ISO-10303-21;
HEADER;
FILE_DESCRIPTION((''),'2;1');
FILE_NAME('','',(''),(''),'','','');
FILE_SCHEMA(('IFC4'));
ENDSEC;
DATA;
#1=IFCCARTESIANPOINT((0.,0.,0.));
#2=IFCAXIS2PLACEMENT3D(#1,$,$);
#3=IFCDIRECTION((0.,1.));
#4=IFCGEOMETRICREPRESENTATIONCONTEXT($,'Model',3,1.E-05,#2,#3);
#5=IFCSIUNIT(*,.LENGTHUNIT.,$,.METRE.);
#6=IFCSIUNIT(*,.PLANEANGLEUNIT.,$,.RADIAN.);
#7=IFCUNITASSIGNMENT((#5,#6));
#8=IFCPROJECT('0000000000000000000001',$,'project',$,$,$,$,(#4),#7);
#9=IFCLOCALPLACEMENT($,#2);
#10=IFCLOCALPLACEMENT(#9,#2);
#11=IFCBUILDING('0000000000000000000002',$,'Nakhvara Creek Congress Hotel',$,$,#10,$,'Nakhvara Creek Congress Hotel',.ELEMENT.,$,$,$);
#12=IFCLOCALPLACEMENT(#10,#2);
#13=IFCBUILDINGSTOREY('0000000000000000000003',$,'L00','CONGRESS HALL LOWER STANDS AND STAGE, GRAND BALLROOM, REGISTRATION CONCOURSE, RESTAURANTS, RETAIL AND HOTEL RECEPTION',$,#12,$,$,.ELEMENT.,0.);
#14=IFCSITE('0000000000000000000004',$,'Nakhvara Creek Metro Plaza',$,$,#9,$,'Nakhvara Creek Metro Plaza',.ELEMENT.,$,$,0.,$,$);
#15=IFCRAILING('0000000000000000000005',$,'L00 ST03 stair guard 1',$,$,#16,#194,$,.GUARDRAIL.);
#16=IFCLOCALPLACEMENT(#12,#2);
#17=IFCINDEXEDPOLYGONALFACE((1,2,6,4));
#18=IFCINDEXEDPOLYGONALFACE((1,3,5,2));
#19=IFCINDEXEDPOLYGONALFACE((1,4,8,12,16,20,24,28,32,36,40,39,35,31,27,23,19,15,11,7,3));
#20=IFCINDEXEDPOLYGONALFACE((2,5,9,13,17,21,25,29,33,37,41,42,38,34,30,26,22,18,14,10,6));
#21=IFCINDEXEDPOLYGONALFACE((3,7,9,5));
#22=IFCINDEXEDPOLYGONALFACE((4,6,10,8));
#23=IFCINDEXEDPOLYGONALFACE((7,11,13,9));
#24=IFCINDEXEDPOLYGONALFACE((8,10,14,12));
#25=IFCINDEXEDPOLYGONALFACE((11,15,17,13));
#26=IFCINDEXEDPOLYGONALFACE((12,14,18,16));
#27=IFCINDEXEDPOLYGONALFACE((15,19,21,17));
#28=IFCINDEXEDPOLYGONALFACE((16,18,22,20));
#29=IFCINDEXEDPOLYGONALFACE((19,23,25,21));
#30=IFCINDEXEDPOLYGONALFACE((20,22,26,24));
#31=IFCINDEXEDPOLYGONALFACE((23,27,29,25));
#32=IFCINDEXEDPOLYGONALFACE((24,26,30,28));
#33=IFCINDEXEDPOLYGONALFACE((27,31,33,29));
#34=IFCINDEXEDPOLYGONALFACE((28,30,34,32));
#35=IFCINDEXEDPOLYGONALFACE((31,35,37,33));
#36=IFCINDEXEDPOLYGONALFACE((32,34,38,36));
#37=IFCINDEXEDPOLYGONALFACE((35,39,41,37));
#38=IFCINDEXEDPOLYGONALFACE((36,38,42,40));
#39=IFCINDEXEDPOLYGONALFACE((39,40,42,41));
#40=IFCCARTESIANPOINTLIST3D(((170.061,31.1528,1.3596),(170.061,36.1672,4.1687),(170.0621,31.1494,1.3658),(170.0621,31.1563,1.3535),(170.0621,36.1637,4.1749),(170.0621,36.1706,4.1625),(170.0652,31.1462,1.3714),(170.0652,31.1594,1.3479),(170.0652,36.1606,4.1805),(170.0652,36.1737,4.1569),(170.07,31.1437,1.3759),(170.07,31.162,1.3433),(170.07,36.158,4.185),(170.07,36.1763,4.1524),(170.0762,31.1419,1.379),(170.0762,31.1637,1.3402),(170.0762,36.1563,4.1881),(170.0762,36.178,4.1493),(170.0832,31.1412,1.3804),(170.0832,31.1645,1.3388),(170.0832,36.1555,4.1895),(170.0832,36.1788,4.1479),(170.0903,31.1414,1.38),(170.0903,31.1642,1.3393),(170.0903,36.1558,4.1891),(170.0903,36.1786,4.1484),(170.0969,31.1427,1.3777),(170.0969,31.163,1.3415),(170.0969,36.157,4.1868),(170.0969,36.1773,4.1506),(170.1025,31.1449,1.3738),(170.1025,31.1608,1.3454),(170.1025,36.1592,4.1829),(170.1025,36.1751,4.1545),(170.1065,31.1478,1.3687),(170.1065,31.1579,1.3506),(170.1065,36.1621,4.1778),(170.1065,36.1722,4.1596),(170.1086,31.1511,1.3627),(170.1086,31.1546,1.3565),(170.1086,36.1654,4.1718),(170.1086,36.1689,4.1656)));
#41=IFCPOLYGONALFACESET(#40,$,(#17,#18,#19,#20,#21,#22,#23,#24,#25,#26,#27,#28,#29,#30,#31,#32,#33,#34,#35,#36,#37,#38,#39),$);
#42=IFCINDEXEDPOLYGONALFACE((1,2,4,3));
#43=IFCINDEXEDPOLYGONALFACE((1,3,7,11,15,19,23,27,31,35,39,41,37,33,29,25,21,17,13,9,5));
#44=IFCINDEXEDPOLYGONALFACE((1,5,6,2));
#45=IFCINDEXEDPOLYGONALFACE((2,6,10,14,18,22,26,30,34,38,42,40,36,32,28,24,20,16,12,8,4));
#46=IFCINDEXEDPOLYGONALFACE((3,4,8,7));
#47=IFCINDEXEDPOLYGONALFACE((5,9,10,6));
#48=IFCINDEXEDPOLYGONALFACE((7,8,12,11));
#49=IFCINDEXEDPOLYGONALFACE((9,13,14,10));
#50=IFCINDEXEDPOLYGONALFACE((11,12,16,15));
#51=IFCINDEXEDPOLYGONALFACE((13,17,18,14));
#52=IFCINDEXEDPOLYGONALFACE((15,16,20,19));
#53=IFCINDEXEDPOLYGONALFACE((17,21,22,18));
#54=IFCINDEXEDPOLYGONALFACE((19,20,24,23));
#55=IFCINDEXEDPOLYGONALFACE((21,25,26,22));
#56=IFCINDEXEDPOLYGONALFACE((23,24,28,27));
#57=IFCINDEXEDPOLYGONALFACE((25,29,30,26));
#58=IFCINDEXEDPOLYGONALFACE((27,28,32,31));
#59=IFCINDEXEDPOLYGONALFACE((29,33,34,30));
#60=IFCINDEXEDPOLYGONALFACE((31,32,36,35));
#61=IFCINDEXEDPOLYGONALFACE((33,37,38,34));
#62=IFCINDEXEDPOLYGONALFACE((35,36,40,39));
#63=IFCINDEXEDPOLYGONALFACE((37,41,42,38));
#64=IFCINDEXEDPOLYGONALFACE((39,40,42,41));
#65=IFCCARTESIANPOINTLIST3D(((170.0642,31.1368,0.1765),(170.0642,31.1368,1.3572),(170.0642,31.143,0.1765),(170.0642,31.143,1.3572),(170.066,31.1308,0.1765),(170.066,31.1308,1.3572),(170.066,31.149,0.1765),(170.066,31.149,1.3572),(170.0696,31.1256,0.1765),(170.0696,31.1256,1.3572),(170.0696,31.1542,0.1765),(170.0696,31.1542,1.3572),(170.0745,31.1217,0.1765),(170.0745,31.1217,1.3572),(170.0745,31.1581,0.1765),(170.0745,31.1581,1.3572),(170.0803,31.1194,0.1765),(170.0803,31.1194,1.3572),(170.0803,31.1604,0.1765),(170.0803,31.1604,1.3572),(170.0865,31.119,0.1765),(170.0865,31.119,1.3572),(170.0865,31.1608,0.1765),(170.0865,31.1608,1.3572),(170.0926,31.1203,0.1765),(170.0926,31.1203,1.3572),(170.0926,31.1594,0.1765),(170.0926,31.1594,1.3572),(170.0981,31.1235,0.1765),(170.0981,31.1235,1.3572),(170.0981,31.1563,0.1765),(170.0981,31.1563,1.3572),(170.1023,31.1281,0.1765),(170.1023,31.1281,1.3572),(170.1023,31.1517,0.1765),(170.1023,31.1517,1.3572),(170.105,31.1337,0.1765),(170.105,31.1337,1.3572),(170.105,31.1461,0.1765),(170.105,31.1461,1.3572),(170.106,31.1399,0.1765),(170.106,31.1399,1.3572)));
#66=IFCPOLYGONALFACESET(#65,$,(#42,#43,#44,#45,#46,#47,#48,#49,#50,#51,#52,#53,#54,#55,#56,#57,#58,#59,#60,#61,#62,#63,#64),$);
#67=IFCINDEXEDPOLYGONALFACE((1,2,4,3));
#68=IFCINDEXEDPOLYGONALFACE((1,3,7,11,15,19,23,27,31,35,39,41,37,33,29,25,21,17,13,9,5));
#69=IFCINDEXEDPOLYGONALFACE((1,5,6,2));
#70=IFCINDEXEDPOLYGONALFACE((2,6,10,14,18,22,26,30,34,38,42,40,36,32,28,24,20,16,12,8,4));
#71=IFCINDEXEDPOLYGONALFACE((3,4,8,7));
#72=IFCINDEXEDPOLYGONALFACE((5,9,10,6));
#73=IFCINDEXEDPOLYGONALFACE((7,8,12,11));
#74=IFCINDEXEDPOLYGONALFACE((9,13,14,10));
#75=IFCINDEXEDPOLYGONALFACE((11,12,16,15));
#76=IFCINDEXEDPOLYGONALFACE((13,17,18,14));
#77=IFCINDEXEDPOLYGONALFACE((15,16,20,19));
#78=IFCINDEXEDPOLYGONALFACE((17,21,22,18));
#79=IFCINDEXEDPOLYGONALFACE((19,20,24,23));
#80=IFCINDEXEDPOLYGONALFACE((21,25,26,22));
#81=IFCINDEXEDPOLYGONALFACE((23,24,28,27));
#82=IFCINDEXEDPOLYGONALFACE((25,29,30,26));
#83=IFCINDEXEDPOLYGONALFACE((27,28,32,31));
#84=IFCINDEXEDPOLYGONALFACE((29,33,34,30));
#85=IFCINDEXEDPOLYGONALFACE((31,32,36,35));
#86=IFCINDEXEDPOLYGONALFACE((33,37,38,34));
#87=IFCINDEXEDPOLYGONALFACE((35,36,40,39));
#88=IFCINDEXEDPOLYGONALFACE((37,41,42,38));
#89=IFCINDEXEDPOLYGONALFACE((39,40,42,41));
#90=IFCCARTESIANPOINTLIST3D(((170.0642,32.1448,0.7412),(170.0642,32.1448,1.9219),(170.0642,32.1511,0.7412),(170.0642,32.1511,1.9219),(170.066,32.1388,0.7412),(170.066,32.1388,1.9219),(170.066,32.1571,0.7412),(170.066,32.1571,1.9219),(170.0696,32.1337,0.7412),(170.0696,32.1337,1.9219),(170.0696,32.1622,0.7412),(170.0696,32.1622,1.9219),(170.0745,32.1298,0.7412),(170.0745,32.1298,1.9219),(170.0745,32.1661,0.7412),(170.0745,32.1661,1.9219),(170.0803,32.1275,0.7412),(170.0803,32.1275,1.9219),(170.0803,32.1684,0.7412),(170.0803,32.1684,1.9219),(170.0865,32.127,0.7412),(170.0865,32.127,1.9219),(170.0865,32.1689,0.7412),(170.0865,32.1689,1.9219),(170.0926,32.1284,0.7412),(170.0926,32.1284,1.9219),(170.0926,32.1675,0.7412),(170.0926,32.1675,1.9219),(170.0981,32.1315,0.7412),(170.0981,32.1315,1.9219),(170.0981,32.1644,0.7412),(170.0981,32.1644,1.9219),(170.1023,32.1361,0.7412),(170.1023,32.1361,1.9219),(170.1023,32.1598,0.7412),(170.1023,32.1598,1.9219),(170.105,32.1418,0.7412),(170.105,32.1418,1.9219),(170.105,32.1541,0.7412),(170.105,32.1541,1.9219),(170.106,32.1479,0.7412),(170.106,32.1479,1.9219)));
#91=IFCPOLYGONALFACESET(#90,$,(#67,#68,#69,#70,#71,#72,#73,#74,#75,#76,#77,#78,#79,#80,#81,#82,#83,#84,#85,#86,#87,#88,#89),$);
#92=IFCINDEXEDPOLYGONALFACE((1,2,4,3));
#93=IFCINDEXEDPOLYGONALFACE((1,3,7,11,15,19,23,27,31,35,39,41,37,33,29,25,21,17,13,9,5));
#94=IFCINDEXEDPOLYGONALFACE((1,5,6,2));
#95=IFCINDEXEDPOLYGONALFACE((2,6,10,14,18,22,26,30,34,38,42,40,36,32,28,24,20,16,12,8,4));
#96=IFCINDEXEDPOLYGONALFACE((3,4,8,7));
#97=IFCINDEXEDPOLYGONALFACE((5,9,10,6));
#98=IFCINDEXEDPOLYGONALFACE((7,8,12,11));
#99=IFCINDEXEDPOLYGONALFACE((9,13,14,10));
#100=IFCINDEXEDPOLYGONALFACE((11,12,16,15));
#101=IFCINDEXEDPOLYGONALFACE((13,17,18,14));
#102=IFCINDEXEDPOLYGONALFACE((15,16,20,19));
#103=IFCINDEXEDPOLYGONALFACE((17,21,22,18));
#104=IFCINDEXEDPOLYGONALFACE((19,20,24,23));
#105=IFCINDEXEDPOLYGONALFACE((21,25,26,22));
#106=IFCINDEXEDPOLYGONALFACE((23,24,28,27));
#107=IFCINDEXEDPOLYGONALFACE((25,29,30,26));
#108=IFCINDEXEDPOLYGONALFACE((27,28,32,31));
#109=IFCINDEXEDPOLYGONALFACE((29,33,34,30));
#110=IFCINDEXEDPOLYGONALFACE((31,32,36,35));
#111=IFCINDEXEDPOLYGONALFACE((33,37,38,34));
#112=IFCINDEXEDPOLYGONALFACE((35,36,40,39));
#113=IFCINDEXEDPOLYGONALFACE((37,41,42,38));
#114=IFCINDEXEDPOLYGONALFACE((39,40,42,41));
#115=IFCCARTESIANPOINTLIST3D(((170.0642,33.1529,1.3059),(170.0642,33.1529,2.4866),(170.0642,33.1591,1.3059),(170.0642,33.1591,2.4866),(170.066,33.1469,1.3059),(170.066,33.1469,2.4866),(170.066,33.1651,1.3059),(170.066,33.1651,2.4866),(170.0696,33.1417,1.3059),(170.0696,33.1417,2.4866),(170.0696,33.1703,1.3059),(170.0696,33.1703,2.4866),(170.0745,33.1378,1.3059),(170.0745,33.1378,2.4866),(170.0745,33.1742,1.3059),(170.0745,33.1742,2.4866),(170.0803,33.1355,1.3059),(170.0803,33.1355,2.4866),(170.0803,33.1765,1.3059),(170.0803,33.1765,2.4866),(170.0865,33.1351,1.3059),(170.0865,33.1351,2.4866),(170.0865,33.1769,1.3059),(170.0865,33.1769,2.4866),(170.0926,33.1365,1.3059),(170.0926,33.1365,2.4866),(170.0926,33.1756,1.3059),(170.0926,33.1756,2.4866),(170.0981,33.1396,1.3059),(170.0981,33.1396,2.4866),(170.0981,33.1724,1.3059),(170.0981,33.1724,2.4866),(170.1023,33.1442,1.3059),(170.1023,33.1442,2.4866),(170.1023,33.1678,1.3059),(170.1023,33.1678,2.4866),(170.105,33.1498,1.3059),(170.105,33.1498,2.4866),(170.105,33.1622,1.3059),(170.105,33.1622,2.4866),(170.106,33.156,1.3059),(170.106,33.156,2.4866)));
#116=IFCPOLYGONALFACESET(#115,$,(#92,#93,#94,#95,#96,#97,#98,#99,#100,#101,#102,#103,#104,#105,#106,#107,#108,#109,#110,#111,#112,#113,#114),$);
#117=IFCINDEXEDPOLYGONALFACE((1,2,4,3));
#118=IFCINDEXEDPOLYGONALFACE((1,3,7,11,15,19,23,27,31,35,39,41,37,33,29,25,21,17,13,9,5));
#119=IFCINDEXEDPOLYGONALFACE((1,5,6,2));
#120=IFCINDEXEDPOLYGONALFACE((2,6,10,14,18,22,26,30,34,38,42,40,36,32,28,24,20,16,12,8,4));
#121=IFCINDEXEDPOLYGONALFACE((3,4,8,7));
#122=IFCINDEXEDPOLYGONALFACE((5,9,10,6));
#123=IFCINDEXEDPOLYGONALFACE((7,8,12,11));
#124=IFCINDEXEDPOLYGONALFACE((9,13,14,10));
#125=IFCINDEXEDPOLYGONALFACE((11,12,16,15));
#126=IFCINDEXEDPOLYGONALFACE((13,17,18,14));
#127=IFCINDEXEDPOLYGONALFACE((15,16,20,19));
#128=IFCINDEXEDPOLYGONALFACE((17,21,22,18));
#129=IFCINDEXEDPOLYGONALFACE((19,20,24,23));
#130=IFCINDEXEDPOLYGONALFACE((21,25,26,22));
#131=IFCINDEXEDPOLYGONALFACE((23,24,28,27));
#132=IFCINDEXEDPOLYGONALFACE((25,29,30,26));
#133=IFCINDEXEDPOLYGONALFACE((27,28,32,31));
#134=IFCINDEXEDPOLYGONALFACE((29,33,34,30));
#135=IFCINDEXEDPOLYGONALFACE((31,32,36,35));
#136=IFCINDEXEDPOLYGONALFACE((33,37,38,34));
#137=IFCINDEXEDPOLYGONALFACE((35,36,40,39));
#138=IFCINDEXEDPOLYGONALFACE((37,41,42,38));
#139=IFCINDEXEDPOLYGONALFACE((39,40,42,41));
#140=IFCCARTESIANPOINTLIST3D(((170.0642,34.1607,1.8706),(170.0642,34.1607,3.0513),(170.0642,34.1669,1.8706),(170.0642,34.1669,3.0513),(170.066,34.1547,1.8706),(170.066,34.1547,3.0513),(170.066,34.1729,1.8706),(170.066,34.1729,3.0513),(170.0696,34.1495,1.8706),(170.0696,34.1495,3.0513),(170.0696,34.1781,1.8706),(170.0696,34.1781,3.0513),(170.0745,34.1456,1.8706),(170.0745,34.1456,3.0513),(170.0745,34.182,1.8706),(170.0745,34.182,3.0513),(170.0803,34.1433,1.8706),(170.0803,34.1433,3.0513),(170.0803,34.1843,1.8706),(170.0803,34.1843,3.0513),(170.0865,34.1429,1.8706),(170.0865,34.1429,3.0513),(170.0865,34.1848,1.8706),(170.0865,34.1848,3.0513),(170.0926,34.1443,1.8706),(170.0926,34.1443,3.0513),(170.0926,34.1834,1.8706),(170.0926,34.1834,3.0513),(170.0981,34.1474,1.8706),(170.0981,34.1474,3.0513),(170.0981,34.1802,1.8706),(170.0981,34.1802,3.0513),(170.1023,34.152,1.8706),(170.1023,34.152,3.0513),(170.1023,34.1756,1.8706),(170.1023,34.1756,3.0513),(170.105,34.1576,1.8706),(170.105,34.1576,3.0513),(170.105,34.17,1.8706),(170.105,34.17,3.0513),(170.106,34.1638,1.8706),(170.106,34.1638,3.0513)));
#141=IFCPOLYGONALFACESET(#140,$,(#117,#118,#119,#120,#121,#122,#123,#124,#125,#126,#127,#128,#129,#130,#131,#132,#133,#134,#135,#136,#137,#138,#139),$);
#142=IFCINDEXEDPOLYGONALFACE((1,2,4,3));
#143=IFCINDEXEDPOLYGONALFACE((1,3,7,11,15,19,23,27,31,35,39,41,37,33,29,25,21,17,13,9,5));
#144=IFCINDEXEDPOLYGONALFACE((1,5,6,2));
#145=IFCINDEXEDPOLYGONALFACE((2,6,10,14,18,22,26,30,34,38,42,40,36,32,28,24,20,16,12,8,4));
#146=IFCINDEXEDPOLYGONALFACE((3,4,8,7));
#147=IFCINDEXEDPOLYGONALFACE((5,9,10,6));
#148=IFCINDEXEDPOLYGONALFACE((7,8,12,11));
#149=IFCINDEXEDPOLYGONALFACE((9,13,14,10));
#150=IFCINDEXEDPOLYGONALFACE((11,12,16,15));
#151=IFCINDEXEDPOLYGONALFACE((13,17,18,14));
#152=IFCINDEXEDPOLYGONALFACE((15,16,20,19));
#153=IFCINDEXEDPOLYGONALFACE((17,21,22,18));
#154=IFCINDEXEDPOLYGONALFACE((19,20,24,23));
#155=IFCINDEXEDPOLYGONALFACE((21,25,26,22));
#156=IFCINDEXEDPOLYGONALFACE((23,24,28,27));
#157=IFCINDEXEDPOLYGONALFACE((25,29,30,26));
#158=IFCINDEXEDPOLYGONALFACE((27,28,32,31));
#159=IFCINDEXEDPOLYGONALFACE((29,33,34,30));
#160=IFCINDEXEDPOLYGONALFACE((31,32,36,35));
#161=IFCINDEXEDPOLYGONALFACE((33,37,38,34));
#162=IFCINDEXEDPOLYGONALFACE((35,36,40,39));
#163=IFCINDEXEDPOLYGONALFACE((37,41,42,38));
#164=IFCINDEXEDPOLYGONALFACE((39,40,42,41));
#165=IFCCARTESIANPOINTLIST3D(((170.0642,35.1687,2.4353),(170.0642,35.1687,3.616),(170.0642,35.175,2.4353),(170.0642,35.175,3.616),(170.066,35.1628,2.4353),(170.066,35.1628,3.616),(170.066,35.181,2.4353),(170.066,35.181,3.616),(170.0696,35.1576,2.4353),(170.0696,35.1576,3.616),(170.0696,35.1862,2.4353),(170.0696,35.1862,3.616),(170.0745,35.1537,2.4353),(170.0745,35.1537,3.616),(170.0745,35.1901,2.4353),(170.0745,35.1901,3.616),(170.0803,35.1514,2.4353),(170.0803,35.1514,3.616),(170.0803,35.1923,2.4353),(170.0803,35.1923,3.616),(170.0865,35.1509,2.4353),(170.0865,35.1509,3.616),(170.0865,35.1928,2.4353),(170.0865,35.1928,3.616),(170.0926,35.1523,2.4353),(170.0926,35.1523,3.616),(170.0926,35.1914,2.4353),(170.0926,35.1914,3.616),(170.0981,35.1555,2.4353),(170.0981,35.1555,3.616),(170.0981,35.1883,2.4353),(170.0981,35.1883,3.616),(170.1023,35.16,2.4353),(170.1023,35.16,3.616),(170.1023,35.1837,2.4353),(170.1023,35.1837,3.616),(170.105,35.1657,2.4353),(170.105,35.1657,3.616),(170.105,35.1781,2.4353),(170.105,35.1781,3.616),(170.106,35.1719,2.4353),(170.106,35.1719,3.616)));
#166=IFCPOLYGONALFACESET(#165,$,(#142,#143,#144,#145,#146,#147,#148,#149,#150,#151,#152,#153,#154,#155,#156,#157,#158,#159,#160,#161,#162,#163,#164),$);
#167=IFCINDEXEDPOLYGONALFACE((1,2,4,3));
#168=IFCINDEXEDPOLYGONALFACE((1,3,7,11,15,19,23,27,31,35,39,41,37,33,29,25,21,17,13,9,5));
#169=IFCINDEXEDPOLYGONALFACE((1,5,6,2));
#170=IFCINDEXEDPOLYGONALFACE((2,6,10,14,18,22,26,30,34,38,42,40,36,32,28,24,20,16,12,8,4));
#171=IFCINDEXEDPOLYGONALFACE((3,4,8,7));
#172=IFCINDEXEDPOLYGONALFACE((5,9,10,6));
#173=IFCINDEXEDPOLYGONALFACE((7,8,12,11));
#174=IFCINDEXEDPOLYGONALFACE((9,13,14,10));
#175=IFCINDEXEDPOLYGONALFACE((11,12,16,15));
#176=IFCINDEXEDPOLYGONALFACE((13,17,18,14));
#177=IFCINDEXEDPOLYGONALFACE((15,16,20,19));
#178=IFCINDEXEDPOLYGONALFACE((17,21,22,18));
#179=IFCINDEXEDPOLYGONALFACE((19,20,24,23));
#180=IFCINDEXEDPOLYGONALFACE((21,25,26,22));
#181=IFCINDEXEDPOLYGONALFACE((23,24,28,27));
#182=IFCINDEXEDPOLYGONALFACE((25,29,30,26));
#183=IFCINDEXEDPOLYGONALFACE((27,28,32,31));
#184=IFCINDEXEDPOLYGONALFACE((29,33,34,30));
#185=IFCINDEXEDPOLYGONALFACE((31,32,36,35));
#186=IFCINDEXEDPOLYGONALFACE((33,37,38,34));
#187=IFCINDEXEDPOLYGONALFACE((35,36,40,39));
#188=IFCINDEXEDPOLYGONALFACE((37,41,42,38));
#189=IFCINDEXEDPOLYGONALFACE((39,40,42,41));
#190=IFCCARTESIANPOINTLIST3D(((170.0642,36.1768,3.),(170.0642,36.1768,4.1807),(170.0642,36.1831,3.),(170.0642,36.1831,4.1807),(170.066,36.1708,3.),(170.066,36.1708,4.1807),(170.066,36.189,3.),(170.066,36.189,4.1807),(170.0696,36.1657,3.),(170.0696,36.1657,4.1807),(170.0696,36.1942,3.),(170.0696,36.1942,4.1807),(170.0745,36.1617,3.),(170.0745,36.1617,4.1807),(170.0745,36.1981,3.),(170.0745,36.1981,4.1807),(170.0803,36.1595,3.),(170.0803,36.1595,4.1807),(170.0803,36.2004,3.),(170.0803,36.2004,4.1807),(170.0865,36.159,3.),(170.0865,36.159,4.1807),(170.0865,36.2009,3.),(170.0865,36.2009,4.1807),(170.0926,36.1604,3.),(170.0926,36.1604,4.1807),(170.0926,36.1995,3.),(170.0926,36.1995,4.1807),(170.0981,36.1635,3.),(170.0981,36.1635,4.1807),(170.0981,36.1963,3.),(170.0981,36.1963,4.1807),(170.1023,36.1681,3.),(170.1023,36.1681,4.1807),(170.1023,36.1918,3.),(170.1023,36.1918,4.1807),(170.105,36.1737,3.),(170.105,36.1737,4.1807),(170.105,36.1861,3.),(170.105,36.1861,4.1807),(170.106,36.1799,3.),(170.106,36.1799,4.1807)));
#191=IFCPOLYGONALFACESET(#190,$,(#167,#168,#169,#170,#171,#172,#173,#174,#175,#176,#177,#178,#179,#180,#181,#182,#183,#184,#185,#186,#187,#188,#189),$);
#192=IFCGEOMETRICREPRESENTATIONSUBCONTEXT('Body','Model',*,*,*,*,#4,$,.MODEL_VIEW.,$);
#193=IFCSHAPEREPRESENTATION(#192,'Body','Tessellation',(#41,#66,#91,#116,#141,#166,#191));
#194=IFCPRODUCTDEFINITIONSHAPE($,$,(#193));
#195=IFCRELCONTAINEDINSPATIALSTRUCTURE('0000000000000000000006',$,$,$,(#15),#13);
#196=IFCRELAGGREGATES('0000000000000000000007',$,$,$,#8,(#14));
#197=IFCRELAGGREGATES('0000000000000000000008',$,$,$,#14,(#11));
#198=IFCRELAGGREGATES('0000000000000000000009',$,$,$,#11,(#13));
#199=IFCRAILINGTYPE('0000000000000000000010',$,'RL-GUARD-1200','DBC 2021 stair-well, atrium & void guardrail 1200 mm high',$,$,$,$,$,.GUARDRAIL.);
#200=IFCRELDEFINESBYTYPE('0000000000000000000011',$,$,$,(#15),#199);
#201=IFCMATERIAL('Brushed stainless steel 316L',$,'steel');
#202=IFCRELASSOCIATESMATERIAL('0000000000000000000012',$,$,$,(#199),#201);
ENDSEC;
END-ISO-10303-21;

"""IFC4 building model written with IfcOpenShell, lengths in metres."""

from ifc_helpers import new_model, si_unit, direction, frame, origin, origin_2d, place, context, subcontext, project, spatial, circle, extrude, material, type_object, element, save


model = new_model("IFC4")

# Units and contexts
model_context = context("Model", 3, precision=1e-05, world=origin(), true_north=direction((0.0, 1.0)))
body_context = subcontext(model_context, "Body", "Model", "MODEL_VIEW")
ifc_project = project(units=[si_unit("LENGTHUNIT", "METRE"), si_unit("PLANEANGLEUNIT", "RADIAN")], contexts=[model_context])

# Site, building, storey
site_placement = place(None, origin())
site = spatial("IfcSite", under=ifc_project, at=site_placement, Name="Nakhvara Creek Metro Plaza", LongName="Nakhvara Creek Metro Plaza", CompositionType="ELEMENT", RefElevation=0.0)
building_placement = place(site_placement, origin())
building = spatial("IfcBuilding", under=site, at=building_placement, Name="Nakhvara Creek Congress Hotel", LongName="Nakhvara Creek Congress Hotel", CompositionType="ELEMENT")
storey_placement = place(building_placement, origin())
storey = spatial("IfcBuildingStorey", under=building, at=storey_placement, Name="L00", Description="CONGRESS HALL LOWER STANDS AND STAGE, GRAND BALLROOM, REGISTRATION CONCOURSE, RESTAURANTS, RETAIL AND HOTEL RECEPTION", CompositionType="ELEMENT", Elevation=0.0)

# Railing
ifc_material_1 = material(Name="Brushed stainless steel 316L", Category="steel")
railing_type_1 = type_object("IfcRailingType", Name="RL-GUARD-1200", Description="DBC 2021 stair-well, atrium & void guardrail 1200 mm high", PredefinedType="GUARDRAIL", material=ifc_material_1)
railing_1_placement = place(storey_placement, frame((170.085, 31.1399, 0.1765)))
element("IfcRailing", 1, at=railing_1_placement, inside=storey, type_object=railing_type_1, Name="L00 ST03 stair guard 1", PredefinedType="GUARDRAIL", context=body_context, shape_type="SweptSolid", body=[
    extrude(circle(Radius=0.0239, at=origin_2d()), frame((0.0, 0.0129, 1.1831), z_axis=(0.0, 0.872427, 0.488744), x_axis=(-1.0, 0.0, 0.0)), (0.0, 0.0, 1.0), 5.7476),
    extrude(circle(Radius=0.021, at=origin_2d()), origin(), (0.0, 0.0, 1.0), 1.1807),
    extrude(circle(Radius=0.021, at=origin_2d()), frame((0.0, 1.0081, 0.5647)), (0.0, 0.0, 1.0), 1.1807),
    extrude(circle(Radius=0.021, at=origin_2d()), frame((0.0, 2.0161, 1.1294)), (0.0, 0.0, 1.0), 1.1807),
    extrude(circle(Radius=0.021, at=origin_2d()), frame((0.0, 3.0239, 1.6941)), (0.0, 0.0, 1.0), 1.1807),
    extrude(circle(Radius=0.021, at=origin_2d()), frame((0.0, 4.032, 2.2588)), (0.0, 0.0, 1.0), 1.1807),
    extrude(circle(Radius=0.021, at=origin_2d()), frame((0.0, 5.04, 2.8235)), (0.0, 0.0, 1.0), 1.1807),
])

save(model, "model.ifc")
